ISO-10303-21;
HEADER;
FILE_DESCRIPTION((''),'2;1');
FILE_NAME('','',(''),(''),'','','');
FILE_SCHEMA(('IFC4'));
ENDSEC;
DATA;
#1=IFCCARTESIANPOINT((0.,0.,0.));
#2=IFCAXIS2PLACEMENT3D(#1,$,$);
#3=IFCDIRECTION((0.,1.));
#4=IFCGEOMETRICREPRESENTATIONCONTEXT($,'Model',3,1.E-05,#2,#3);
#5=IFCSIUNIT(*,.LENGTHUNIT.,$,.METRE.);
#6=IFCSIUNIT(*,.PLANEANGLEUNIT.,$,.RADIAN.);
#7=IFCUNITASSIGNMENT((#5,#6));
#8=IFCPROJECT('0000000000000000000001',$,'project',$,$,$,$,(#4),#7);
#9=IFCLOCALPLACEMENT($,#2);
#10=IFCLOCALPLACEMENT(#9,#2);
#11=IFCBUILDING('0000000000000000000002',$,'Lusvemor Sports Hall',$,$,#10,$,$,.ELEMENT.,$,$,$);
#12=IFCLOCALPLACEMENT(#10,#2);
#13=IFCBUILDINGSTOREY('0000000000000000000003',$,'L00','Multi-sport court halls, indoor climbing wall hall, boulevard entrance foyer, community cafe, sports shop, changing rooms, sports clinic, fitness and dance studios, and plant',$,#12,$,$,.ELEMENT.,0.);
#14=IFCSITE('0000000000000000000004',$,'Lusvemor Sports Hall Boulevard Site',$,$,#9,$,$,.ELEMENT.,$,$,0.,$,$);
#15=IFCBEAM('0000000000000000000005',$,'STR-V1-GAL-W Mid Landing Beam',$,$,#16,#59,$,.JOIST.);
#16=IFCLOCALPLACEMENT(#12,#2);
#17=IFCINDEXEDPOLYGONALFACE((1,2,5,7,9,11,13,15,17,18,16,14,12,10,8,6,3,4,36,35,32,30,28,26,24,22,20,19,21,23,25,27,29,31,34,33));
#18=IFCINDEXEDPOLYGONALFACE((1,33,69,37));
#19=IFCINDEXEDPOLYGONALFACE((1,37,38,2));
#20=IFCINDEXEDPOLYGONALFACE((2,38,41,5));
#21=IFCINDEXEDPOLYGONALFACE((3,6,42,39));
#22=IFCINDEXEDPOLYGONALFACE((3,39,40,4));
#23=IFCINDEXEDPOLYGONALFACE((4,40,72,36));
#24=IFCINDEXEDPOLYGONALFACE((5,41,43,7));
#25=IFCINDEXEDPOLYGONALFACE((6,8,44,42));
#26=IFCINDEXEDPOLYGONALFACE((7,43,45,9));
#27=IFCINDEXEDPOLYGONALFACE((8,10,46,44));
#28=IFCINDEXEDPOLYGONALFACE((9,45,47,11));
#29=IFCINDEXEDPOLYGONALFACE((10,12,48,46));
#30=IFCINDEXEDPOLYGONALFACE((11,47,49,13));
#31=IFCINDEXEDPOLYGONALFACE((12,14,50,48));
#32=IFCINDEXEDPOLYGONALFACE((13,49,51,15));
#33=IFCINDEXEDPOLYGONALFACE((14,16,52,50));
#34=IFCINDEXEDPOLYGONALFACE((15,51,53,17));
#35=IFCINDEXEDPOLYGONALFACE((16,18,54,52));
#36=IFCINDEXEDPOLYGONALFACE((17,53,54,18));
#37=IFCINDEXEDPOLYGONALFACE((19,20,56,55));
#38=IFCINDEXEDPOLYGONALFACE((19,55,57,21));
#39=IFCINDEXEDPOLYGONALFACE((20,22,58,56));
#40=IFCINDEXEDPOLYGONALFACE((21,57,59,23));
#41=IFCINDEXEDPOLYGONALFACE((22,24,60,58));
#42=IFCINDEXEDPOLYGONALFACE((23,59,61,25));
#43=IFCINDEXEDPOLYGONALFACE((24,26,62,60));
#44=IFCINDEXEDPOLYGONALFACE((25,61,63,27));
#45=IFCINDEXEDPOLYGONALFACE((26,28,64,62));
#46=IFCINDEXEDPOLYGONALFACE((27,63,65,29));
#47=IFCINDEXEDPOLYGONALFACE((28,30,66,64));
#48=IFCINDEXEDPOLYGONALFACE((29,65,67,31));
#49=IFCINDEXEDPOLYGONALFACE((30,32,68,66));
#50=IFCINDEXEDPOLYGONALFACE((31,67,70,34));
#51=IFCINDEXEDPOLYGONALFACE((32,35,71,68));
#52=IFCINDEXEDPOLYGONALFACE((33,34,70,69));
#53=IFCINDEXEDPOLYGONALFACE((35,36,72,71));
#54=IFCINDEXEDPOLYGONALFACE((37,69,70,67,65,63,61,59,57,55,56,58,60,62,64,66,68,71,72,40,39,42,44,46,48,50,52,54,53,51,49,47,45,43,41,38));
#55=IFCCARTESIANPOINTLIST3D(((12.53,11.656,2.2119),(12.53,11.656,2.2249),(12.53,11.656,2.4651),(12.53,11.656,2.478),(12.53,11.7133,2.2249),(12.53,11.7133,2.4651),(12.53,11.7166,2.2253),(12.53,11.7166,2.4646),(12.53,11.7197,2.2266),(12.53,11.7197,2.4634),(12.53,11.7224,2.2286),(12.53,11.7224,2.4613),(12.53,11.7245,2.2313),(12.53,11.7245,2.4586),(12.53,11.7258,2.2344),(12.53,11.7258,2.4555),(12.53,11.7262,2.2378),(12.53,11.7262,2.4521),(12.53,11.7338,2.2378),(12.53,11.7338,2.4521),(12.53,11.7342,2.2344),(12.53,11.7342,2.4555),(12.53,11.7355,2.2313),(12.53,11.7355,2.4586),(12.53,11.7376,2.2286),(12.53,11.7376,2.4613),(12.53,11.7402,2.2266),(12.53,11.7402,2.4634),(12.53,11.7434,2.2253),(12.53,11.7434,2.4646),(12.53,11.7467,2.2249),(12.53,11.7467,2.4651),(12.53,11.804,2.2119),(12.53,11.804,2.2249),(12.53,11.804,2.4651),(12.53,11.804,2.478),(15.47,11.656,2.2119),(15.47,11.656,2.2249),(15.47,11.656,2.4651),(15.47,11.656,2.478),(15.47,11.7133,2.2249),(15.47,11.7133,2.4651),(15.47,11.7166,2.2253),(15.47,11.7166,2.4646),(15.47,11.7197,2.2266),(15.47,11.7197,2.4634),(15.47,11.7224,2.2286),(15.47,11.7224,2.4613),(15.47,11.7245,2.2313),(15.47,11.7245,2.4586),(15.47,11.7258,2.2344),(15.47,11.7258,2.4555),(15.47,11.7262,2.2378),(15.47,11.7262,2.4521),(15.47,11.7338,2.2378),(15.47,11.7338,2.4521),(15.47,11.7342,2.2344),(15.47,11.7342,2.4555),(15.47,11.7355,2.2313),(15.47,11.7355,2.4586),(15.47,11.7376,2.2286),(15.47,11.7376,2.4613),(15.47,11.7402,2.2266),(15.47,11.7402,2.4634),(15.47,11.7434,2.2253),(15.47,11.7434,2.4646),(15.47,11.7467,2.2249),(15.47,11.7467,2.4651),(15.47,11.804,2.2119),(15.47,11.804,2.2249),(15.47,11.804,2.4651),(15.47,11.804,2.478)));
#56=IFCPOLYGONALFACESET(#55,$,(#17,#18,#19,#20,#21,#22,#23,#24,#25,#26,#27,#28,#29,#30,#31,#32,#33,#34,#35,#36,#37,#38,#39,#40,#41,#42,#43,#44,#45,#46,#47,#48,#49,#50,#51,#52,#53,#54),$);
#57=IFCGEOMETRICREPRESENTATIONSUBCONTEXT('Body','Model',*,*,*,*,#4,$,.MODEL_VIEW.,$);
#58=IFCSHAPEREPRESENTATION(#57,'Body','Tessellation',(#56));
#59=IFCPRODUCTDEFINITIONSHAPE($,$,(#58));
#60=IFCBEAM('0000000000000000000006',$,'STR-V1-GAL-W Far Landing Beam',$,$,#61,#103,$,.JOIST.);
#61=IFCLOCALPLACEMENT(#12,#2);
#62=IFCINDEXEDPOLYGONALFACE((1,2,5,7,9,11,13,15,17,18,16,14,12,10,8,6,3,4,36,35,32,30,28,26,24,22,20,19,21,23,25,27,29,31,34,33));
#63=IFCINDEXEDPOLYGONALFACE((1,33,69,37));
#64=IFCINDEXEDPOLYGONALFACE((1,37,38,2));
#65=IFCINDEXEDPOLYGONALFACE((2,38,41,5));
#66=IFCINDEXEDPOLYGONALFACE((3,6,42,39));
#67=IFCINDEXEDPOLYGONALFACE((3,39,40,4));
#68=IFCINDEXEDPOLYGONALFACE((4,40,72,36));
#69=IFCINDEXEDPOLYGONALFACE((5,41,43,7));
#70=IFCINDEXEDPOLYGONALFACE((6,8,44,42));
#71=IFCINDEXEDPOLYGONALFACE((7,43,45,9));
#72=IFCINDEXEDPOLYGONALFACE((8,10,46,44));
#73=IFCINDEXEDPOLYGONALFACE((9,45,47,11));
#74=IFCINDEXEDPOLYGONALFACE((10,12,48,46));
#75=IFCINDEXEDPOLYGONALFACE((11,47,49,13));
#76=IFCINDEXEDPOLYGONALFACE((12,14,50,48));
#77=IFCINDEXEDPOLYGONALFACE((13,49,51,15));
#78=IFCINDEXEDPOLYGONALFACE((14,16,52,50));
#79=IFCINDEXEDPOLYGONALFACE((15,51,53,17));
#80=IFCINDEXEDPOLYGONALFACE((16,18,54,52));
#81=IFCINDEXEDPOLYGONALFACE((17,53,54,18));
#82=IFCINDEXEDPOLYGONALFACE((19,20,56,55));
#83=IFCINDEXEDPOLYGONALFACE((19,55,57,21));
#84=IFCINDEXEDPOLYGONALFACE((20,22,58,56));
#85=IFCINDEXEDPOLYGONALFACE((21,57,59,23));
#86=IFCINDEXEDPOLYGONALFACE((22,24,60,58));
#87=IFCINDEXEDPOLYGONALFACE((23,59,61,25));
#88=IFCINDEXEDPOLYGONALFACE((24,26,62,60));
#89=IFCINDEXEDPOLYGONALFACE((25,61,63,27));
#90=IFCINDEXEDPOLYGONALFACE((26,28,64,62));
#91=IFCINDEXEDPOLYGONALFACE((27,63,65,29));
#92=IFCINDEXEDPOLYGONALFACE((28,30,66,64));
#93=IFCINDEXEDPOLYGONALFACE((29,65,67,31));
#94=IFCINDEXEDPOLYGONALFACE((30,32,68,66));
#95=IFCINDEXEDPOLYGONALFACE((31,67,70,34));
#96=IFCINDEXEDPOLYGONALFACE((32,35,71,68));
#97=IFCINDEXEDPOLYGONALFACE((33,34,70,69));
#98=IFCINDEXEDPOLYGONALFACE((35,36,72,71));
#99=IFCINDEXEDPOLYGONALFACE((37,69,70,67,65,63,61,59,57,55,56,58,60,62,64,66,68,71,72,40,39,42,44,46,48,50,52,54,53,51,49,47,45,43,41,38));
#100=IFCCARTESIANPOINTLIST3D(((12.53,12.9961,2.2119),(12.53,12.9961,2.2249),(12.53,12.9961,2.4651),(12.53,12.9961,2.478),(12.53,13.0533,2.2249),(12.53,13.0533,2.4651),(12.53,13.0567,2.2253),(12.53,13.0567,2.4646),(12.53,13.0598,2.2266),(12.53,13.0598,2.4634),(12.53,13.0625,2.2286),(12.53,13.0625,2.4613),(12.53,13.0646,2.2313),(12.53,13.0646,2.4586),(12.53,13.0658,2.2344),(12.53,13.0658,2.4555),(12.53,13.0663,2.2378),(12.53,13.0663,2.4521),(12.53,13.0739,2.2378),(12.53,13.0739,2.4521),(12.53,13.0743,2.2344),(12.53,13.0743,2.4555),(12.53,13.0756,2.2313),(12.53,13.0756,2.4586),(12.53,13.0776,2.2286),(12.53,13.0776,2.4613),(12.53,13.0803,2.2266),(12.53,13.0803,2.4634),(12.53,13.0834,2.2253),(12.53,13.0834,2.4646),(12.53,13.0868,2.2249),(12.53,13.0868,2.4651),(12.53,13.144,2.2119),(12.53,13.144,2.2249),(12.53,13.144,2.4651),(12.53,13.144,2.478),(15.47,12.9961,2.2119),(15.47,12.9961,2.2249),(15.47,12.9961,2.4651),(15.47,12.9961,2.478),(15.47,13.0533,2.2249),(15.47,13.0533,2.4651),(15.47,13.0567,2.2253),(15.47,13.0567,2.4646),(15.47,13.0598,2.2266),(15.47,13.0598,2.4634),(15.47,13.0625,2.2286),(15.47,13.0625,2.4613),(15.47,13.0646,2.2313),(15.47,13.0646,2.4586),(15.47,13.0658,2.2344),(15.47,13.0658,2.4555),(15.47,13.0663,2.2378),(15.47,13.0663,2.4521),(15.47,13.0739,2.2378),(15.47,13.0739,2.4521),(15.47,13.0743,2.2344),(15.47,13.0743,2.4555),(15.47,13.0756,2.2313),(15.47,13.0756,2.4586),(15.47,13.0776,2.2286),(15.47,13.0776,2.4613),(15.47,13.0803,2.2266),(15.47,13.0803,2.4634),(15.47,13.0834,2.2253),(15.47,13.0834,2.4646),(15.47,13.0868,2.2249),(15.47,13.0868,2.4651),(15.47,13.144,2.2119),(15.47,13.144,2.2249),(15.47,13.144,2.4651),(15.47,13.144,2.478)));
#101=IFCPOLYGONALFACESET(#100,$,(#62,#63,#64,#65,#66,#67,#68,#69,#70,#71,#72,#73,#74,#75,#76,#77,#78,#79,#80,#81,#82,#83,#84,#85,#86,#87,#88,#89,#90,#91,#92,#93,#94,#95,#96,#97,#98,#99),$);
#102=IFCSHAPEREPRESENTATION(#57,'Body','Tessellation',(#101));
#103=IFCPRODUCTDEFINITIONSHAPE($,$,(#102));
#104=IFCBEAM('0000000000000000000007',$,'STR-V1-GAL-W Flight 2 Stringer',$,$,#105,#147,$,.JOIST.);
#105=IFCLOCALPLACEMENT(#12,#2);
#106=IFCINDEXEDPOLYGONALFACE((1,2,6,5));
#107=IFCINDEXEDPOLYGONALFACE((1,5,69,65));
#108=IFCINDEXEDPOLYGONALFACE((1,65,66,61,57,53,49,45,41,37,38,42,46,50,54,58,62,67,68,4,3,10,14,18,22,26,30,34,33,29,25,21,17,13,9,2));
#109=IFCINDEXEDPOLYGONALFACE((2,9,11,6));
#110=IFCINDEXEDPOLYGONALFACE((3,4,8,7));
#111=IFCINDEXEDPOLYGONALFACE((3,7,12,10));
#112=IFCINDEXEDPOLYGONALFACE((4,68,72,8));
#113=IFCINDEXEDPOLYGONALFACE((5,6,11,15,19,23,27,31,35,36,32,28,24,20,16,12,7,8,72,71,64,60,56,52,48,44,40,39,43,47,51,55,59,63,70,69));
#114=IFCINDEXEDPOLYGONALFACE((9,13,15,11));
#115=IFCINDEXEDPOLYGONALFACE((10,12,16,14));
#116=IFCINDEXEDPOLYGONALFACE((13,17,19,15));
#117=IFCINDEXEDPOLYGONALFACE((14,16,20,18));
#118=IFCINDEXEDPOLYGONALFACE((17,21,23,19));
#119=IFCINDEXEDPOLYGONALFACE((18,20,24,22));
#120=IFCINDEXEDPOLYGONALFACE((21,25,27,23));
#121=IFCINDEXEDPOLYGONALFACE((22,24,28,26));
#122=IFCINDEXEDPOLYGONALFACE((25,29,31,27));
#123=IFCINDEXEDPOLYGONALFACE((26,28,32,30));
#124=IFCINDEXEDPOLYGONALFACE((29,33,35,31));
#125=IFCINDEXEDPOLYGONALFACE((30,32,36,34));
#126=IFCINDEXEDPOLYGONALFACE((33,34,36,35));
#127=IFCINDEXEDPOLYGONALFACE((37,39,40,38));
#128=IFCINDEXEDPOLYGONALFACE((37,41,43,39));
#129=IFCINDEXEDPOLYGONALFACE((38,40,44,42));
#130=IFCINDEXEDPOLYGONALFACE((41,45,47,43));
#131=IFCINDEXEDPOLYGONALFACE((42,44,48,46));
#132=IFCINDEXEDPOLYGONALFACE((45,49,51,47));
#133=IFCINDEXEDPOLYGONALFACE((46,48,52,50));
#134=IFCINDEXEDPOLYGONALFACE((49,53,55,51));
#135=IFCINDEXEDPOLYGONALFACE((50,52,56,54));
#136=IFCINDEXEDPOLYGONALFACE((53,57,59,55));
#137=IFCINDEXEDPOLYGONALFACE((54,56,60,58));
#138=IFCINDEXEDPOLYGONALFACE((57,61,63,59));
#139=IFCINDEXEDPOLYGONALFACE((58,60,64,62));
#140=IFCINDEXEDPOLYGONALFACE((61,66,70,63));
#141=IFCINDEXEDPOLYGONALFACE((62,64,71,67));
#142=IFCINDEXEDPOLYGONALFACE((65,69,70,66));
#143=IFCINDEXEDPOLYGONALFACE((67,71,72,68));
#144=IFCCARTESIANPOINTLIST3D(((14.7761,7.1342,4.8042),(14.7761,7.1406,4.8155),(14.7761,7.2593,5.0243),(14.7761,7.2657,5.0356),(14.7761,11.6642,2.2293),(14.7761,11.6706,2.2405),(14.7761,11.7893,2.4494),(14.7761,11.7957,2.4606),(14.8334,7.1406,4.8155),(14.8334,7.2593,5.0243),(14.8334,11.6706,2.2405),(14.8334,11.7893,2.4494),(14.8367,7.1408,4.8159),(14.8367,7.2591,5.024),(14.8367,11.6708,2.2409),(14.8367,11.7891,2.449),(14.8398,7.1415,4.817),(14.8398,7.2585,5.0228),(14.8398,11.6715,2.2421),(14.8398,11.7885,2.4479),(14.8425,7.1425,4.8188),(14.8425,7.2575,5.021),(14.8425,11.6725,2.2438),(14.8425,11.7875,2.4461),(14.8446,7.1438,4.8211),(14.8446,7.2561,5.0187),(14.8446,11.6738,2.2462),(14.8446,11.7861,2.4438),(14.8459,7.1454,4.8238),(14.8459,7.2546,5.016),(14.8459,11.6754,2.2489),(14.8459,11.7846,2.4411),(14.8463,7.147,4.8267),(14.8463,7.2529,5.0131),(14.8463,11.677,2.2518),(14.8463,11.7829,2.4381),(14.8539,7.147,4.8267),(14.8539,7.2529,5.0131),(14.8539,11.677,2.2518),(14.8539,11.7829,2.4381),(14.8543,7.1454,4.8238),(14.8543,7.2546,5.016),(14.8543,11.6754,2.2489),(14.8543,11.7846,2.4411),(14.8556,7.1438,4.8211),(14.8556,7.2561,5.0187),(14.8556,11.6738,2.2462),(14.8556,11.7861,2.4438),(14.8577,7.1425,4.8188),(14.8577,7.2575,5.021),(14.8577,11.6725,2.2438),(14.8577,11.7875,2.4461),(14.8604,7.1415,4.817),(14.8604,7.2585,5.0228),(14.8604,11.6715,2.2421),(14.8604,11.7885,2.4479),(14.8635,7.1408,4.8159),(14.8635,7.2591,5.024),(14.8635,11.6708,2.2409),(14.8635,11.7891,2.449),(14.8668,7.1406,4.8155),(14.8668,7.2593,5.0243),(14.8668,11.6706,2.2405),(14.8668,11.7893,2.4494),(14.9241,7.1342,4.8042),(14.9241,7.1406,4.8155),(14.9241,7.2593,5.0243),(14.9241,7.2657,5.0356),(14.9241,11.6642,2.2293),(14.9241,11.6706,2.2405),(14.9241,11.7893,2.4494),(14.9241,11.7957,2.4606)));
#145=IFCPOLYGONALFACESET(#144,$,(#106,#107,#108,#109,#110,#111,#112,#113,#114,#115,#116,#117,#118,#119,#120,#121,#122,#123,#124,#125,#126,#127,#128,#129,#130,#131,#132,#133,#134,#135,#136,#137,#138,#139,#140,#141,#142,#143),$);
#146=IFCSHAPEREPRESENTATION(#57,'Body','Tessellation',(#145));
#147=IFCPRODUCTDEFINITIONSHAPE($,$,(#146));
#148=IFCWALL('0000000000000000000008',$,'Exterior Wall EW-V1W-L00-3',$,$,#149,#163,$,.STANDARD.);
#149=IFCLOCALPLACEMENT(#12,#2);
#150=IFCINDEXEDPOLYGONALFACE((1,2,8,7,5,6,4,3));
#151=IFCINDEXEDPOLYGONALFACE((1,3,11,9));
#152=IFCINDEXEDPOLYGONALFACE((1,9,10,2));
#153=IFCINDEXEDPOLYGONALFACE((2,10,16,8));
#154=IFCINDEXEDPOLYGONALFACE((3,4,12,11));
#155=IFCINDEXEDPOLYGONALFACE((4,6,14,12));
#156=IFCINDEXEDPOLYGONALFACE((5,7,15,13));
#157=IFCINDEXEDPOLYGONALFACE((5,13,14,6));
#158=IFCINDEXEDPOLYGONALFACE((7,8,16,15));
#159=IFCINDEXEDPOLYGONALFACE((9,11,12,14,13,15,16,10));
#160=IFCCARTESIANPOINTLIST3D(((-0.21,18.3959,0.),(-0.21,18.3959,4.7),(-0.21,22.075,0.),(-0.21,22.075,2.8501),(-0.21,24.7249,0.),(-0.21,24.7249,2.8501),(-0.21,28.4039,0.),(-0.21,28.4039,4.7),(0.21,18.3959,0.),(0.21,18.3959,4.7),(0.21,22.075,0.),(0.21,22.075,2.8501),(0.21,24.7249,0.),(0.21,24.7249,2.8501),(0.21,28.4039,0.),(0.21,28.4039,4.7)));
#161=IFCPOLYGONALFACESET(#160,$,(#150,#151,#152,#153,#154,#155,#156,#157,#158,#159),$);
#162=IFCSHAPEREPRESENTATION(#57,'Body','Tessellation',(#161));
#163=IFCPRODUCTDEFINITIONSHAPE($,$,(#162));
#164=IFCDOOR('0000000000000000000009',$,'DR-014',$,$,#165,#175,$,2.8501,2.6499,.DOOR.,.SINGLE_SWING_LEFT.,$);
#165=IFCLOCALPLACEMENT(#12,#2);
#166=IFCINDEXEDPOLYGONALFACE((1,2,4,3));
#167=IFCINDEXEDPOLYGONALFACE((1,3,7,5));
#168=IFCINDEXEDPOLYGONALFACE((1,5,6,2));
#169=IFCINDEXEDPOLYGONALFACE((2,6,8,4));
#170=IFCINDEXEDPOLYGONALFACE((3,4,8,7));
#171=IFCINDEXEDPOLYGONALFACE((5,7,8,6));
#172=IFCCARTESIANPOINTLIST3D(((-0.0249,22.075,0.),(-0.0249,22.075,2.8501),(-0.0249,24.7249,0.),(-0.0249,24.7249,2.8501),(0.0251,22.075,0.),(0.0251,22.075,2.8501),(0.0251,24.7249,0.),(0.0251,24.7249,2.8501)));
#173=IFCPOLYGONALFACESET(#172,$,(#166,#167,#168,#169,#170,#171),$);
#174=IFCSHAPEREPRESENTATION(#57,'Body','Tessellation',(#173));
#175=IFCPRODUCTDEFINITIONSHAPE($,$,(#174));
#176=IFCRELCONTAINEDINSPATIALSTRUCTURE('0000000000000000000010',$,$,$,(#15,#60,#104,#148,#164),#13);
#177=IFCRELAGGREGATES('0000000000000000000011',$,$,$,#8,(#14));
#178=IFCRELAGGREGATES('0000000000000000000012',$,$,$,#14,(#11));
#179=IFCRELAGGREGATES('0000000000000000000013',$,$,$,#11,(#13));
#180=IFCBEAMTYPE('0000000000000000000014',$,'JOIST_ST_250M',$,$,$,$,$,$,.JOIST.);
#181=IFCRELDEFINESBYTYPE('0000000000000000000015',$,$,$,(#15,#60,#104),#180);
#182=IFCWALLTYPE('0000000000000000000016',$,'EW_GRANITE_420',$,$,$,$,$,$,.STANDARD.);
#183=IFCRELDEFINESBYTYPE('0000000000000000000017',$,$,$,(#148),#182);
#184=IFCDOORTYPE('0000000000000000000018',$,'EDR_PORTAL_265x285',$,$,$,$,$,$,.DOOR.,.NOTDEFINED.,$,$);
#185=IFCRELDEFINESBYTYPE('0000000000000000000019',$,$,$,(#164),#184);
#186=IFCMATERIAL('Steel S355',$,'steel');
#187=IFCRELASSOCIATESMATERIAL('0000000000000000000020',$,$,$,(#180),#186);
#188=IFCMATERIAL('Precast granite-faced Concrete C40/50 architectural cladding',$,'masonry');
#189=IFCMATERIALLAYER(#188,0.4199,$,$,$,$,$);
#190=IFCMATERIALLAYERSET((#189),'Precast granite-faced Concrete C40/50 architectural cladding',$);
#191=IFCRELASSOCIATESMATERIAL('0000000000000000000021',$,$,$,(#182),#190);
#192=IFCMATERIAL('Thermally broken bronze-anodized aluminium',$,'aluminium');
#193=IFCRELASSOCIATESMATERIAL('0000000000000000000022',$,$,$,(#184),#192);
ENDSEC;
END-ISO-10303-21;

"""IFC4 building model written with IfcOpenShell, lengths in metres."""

from ifc_helpers import new_model, si_unit, direction, frame, frame_2d, origin, origin_2d, place, context, subcontext, project, spatial, rectangle, i_section, extrude, material, layer, layer_set, material_profile, profile_set, type_object, element, fill, save


model = new_model("IFC4")

# Units and contexts
model_context = context("Model", 3, precision=1e-05, world=origin(), true_north=direction((0.0, 1.0)))
body_context = subcontext(model_context, "Body", "Model", "MODEL_VIEW")
ifc_project = project(units=[si_unit("LENGTHUNIT", "METRE"), si_unit("PLANEANGLEUNIT", "RADIAN")], contexts=[model_context])

# Site, building, storey
site_placement = place(None, origin())
site = spatial("IfcSite", under=ifc_project, at=site_placement, Name="Lusvemor Sports Hall Boulevard Site", CompositionType="ELEMENT", RefElevation=0.0)
building_placement = place(site_placement, origin())
building = spatial("IfcBuilding", under=site, at=building_placement, Name="Lusvemor Sports Hall", CompositionType="ELEMENT")
storey_placement = place(building_placement, origin())
storey = spatial("IfcBuildingStorey", under=building, at=storey_placement, Name="L00", Description="Multi-sport court halls, indoor climbing wall hall, boulevard entrance foyer, community cafe, sports shop, changing rooms, sports clinic, fitness and dance studios, and plant", CompositionType="ELEMENT", Elevation=0.0)

# Beams
ifc_material_1 = material(Name="Steel S355", Category="steel")
ifc_material_profile_1 = material_profile(ifc_material_1, i_section(OverallWidth=0.1479, OverallDepth=0.2661, WebThickness=0.0076, FlangeThickness=0.0129, FilletRadius=0.0129, at=origin_2d()), Name="W250x44.8")
ifc_profile_set_1 = profile_set([ifc_material_profile_1], Name="Steel S355")
beam_type = type_object("IfcBeamType", Name="JOIST_ST_250M", PredefinedType="JOIST", material=ifc_profile_set_1)
for number, where, z_axis, x_axis, name in (
    (1, (12.53, 11.73, 2.345), (1.0, 0.0, 0.0), (0.0, 1.0, 0.0), "STR-V1-GAL-W Mid Landing Beam"),
    (2, (12.53, 13.0701, 2.345), (1.0, 0.0, 0.0), (0.0, 1.0, 0.0), "STR-V1-GAL-W Far Landing Beam"),
):
    element("IfcBeam", number, at=place(storey_placement, frame(where, z_axis=z_axis, x_axis=x_axis)), inside=storey, type_object=beam_type, Name=name, PredefinedType="JOIST", context=body_context, shape_type="SweptSolid", body=[
        extrude(i_section(OverallWidth=0.1479, OverallDepth=0.2661, WebThickness=0.0076, FlangeThickness=0.0129, FilletRadius=0.0129, at=origin_2d()), origin(), (0.0, 0.0, 1.0), 2.9399),
    ])
beam_placement = place(storey_placement, frame((14.8501, 11.73, 2.345), z_axis=(0.0, -0.869368, 0.494165), x_axis=(1.0, 0.0, 0.0)))
element("IfcBeam", 3, at=beam_placement, inside=storey, type_object=beam_type, Name="STR-V1-GAL-W Flight 2 Stringer", PredefinedType="JOIST", context=body_context, shape_type="SweptSolid", body=[
    extrude(i_section(OverallWidth=0.1479, OverallDepth=0.2661, WebThickness=0.0076, FlangeThickness=0.0129, FilletRadius=0.0129, at=origin_2d()), origin(), (0.0, 0.0, 1.0), 5.2107),
])

# Wall, opening, door
ifc_material_2 = material(Name="Precast granite-faced Concrete C40/50 architectural cladding", Category="masonry")
ifc_layer_1 = layer(ifc_material_2, 0.4199)
ifc_layer_set_1 = layer_set([ifc_layer_1], Name="Precast granite-faced Concrete C40/50 architectural cladding")
wall_type = type_object("IfcWallType", Name="EW_GRANITE_420", PredefinedType="STANDARD", material=ifc_layer_set_1)
wall_placement = place(storey_placement, frame((0.0, 18.396, 0.0), z_axis=(0.0, 0.0, 1.0), x_axis=(0.0, 1.0, 0.0)))
wall = element("IfcWall", 4, at=wall_placement, inside=storey, type_object=wall_type, Name="Exterior Wall EW-V1W-L00-3", PredefinedType="STANDARD", context=body_context, shape_type="SweptSolid", body=[
    extrude(rectangle(XDim=10.0081, YDim=0.4199, at=frame_2d((5.0039, 0.0))), origin(), (0.0, 0.0, 1.0), 4.7),
])
opening_placement = place(wall_placement, frame((3.679, 0.0, 0.0)))
opening = element("IfcOpeningElement", 5, at=opening_placement, cuts=wall, PredefinedType="OPENING", context=body_context, shape_type="SweptSolid", body=[
    extrude(rectangle(XDim=2.6499, YDim=2.8501, at=frame_2d((1.325, 1.425))), frame((0.0, 0.21, 0.0), z_axis=(0.0, -1.0, 0.0), x_axis=(1.0, 0.0, 0.0)), (0.0, 0.0, 1.0), 0.4199),
])
ifc_material_3 = material(Name="Thermally broken bronze-anodized aluminium", Category="aluminium")
door_type = type_object("IfcDoorType", Name="EDR_PORTAL_265x285", OperationType="NOTDEFINED", PredefinedType="DOOR", material=ifc_material_3)
door_placement = place(opening_placement, origin())
door = element("IfcDoor", 6, at=door_placement, inside=storey, type_object=door_type, Name="DR-014", OperationType="SINGLE_SWING_LEFT", OverallHeight=2.8501, OverallWidth=2.6499, PredefinedType="DOOR", context=body_context, shape_type="SweptSolid", body=[
    extrude(rectangle(XDim=2.6499, YDim=2.8501, at=frame_2d((1.325, 1.425))), frame((0.0, 0.0249, 0.0), z_axis=(0.0, -1.0, 0.0), x_axis=(1.0, 0.0, 0.0)), (0.0, 0.0, 1.0), 0.05),
])
fill(opening, door)

save(model, "model.ifc")
